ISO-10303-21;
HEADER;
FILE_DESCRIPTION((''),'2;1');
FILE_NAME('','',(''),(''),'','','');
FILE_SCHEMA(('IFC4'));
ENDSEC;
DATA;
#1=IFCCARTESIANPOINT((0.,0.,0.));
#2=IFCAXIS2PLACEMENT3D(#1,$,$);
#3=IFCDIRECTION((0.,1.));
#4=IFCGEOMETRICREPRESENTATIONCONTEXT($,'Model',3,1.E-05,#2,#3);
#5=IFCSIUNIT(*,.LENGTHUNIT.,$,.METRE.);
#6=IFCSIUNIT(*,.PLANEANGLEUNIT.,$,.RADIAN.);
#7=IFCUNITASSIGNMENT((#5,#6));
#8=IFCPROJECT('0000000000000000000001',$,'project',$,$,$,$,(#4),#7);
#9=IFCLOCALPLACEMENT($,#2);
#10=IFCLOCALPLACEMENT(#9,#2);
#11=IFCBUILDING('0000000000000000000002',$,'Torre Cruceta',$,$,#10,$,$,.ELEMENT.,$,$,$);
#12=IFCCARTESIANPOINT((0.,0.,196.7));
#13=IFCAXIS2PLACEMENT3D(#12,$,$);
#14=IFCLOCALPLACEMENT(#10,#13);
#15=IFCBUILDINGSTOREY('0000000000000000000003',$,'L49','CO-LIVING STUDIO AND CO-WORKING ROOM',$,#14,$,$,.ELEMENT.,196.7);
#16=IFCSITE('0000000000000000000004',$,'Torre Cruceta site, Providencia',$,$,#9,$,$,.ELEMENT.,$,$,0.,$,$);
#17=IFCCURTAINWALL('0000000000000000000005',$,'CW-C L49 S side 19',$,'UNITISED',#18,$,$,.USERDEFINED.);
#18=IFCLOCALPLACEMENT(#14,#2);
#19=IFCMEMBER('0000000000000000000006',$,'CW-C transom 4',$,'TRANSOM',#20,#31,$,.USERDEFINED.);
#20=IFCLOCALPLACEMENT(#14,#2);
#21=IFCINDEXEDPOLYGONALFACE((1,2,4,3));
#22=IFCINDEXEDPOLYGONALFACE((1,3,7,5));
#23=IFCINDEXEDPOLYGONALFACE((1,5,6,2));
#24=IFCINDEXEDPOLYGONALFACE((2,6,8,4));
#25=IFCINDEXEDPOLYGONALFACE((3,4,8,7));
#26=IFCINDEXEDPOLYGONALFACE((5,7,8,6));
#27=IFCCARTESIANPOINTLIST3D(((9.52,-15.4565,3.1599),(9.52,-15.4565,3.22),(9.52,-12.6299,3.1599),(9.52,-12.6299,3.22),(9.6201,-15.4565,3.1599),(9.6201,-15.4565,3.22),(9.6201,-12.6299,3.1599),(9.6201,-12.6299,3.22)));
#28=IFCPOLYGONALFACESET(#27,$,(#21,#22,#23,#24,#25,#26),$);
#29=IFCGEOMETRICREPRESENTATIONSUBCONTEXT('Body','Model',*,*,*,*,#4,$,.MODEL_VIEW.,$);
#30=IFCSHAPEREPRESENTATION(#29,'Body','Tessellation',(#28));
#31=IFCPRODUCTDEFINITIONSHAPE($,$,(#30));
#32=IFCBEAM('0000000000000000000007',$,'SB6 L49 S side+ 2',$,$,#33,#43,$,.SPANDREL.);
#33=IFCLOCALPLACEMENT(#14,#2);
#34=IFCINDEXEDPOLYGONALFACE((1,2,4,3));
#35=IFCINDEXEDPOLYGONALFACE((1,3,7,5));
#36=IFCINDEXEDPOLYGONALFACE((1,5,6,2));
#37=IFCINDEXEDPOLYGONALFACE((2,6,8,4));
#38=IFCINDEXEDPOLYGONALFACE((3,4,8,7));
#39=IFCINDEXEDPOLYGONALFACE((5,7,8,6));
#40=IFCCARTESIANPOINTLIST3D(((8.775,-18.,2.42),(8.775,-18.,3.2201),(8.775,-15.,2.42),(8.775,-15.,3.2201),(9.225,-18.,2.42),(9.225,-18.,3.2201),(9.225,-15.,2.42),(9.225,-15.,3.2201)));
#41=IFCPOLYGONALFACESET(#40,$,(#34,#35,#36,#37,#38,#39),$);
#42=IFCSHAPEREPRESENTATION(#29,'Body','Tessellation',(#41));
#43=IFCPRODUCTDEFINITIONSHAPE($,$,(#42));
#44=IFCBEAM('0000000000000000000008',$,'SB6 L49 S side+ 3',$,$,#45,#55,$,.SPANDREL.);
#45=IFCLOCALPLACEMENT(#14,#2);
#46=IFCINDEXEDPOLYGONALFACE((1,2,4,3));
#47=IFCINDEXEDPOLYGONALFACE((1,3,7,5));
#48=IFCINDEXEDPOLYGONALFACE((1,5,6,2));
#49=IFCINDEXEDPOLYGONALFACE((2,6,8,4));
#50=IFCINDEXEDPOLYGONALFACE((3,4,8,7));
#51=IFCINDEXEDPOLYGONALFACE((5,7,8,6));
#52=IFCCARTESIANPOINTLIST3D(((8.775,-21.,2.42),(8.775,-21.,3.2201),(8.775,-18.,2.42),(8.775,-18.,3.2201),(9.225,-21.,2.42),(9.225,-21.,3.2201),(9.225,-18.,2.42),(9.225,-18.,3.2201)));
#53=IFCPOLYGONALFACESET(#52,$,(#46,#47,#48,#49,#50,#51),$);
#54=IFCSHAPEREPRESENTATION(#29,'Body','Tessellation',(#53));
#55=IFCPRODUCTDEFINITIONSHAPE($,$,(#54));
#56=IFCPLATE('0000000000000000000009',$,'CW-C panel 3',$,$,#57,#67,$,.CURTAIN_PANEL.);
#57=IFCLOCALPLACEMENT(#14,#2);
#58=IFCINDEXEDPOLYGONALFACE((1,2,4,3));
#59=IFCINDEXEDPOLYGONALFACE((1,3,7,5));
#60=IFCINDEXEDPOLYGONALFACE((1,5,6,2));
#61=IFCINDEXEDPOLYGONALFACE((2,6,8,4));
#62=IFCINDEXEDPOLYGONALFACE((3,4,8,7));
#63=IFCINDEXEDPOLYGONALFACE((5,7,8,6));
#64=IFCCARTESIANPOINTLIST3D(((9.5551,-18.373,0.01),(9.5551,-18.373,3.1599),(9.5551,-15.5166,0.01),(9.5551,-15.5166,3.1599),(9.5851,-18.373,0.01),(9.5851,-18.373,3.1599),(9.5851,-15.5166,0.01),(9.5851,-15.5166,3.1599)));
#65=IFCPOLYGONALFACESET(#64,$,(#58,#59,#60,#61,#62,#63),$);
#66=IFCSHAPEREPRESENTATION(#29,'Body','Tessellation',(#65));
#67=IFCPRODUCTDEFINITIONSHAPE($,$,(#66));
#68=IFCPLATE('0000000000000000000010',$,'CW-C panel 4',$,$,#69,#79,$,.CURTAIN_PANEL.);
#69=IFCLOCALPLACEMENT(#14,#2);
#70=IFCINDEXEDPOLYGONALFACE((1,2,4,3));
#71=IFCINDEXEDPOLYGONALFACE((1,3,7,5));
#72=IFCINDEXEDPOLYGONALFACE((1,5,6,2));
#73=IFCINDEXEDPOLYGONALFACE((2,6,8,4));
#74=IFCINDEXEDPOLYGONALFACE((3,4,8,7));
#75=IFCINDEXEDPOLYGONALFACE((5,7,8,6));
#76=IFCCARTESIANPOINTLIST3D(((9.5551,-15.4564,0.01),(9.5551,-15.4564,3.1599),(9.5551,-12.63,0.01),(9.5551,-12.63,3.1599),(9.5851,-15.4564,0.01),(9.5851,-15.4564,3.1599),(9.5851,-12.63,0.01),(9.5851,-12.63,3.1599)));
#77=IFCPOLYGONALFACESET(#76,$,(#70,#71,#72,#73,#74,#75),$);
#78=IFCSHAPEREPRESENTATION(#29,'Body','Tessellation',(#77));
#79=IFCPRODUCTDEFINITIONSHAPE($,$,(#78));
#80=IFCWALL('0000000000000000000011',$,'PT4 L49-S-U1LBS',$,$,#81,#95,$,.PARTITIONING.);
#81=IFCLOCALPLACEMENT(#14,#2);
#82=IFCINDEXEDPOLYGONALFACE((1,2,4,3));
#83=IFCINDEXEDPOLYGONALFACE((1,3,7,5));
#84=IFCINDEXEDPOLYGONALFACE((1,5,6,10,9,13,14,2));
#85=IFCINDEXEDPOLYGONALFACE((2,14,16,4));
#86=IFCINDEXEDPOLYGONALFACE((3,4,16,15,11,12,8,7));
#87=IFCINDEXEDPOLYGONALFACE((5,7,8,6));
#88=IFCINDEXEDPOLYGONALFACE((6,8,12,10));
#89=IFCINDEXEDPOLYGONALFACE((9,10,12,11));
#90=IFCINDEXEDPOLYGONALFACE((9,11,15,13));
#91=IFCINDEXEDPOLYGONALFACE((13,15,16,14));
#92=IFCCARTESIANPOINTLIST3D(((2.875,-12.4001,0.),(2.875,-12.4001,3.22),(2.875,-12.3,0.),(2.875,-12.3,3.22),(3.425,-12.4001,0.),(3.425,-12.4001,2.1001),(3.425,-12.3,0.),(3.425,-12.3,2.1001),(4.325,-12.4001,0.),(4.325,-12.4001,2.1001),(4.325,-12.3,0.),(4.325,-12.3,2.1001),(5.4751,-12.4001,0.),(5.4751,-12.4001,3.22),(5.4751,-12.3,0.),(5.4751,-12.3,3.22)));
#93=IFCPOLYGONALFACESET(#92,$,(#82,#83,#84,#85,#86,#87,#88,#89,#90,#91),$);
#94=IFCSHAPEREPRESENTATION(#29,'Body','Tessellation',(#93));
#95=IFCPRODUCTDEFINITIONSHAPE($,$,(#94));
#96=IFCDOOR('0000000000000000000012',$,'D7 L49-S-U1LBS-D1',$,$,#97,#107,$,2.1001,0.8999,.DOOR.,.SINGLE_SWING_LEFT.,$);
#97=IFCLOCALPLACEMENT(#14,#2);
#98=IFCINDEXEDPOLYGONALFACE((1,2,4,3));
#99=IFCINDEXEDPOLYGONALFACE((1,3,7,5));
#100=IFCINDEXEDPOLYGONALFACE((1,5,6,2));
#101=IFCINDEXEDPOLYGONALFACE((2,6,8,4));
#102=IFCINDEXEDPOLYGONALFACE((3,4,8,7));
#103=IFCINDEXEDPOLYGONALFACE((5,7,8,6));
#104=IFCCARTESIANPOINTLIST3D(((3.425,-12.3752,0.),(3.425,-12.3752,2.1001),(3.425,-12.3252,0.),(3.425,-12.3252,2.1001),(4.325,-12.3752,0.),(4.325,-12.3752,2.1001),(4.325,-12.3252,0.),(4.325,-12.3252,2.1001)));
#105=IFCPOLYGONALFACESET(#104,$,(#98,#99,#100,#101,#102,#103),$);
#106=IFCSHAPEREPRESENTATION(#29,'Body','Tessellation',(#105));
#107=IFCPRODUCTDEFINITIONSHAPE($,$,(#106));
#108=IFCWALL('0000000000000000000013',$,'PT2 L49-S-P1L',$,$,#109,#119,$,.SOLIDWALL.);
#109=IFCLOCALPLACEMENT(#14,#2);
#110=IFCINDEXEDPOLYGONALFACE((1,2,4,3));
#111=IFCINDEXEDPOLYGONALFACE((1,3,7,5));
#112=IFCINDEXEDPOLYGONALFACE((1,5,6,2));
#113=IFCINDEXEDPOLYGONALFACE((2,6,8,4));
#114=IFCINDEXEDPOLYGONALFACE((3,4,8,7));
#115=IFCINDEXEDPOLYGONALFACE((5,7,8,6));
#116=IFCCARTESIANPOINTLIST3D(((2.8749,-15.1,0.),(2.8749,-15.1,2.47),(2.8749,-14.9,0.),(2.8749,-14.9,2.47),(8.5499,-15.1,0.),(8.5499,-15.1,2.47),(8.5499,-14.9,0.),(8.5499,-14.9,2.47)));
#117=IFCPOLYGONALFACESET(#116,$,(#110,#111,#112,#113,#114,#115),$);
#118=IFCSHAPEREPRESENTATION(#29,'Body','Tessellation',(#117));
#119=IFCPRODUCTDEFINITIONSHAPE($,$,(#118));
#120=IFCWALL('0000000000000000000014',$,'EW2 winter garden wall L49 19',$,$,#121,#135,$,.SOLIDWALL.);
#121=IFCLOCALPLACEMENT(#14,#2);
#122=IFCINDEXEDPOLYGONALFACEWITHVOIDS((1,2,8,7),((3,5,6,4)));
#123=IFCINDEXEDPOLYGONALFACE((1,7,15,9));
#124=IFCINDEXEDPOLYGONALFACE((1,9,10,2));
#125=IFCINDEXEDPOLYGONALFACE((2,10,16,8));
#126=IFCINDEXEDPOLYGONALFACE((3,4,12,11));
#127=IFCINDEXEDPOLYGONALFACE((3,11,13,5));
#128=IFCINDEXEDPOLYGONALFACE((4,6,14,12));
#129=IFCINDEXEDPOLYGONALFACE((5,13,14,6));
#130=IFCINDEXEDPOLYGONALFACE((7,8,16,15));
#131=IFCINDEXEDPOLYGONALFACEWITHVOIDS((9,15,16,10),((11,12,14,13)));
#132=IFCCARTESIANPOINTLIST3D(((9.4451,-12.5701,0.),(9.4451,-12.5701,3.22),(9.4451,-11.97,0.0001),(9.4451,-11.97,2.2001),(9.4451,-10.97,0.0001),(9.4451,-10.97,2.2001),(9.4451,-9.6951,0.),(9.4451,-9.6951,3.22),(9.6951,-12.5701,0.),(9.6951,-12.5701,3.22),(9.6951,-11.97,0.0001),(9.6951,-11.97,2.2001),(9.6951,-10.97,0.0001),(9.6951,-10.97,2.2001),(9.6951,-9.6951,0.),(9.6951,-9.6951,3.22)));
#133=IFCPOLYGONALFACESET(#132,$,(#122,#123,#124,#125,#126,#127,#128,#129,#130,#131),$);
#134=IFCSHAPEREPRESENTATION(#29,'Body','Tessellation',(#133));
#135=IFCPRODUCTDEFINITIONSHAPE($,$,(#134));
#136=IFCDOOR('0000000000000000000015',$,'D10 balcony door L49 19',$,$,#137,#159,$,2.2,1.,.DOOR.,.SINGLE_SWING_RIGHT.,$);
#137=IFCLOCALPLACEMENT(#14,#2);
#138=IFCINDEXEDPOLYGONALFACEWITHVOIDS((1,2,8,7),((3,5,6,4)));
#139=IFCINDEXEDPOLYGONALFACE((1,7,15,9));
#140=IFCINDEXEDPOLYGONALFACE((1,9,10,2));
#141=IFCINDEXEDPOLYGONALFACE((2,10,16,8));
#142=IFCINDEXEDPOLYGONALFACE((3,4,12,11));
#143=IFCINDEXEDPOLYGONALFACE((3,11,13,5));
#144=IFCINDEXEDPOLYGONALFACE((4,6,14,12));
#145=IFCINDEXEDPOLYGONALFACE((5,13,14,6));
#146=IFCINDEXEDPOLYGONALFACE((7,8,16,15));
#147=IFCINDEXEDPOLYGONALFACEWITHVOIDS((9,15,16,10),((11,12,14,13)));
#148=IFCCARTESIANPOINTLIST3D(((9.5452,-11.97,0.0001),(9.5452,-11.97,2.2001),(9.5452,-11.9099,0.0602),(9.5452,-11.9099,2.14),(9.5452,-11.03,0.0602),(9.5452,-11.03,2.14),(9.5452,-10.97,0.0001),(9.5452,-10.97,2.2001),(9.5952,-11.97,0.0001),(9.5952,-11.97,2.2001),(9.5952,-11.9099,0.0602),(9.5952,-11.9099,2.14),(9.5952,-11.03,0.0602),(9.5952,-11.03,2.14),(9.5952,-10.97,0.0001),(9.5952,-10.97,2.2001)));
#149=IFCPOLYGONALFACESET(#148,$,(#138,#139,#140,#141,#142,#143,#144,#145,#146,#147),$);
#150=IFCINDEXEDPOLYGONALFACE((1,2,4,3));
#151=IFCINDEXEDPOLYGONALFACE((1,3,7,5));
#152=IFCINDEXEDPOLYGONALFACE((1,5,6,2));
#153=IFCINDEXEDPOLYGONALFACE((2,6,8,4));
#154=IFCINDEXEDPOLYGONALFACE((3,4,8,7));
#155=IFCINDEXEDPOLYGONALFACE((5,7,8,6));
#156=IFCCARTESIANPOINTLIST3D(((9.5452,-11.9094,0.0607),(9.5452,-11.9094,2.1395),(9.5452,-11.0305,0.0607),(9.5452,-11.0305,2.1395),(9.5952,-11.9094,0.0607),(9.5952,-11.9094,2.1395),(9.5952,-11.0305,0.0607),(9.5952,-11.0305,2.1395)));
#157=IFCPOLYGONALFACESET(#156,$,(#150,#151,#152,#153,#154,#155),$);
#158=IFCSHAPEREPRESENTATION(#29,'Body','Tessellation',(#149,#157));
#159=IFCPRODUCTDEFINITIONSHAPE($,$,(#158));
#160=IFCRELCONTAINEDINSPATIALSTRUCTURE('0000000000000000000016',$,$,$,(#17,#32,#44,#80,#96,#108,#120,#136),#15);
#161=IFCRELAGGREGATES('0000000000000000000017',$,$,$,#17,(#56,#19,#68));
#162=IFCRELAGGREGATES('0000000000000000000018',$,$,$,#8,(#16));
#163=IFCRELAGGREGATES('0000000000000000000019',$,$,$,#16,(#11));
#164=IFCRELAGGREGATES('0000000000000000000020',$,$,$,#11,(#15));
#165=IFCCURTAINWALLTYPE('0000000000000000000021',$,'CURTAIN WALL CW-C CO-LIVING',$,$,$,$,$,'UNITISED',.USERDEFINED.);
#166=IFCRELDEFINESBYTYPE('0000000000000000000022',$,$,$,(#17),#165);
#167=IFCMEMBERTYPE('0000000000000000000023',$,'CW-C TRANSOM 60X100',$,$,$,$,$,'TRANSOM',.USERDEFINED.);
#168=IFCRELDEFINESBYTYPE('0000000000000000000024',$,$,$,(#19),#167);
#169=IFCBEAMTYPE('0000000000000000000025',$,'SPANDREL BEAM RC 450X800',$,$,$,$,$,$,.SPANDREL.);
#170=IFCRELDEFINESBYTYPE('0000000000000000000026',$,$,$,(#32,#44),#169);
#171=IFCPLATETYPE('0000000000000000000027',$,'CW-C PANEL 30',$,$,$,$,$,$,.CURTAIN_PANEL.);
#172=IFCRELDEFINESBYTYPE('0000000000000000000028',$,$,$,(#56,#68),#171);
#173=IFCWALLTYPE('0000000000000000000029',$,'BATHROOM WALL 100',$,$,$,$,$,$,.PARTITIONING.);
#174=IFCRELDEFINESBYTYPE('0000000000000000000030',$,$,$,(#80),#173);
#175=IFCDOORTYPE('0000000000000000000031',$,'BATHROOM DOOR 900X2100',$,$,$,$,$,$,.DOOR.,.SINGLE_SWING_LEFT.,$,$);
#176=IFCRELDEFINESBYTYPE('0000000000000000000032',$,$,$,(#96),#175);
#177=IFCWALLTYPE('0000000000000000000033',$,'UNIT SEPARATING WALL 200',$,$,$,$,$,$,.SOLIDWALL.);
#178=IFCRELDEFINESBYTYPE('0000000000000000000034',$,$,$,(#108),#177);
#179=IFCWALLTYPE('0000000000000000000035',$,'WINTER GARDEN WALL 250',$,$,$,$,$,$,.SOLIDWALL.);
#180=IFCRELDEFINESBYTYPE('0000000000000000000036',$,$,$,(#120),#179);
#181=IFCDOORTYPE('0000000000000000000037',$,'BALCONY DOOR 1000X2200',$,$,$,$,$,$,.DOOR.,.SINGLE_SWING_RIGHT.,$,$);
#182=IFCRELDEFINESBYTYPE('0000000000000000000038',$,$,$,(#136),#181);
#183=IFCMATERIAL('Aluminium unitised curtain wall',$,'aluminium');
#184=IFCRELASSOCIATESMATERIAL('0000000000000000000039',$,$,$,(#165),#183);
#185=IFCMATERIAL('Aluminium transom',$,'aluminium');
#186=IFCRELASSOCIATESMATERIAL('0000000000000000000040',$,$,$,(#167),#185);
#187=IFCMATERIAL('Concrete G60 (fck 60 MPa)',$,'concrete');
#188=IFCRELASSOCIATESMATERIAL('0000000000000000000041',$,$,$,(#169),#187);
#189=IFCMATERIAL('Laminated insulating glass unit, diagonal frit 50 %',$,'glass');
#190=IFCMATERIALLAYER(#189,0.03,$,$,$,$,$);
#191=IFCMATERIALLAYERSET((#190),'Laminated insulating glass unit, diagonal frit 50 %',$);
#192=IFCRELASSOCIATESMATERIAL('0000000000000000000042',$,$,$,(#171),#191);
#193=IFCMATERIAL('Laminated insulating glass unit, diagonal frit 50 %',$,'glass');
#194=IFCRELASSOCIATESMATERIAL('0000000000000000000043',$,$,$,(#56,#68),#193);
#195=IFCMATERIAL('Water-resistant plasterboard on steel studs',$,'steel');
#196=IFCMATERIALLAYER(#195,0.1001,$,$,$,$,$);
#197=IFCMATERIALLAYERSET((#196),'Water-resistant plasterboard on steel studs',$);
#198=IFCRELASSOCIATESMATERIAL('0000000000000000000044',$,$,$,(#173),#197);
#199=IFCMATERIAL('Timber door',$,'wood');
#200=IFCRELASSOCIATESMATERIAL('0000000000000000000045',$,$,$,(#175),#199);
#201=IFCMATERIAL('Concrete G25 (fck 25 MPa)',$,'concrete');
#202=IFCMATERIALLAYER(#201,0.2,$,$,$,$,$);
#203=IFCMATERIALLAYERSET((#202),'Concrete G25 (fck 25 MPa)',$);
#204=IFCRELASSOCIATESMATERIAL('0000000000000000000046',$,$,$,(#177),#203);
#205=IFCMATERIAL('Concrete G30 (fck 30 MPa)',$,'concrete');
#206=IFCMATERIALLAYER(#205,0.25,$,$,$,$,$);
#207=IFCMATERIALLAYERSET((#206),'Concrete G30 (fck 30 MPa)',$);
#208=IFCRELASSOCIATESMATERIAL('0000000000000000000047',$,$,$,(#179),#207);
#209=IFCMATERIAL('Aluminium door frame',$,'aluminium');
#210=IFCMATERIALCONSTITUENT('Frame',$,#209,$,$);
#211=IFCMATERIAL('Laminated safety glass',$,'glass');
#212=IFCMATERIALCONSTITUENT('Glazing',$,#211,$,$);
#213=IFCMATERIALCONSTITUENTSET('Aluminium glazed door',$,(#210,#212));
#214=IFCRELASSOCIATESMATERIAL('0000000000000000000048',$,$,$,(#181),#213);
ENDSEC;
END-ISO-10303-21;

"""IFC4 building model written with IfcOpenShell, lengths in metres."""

from ifc_helpers import new_model, si_unit, direction, frame, frame_2d, origin, origin_2d, place, context, subcontext, project, spatial, rectangle, hollow_rectangle, extrude, material, layer, layer_set, constituent, constituent_set, material_profile, profile_set, type_object, element, fill, aggregate, save


model = new_model("IFC4")

# Units and contexts
model_context = context("Model", 3, precision=1e-05, world=origin(), true_north=direction((0.0, 1.0)))
body_context = subcontext(model_context, "Body", "Model", "MODEL_VIEW")
ifc_project = project(units=[si_unit("LENGTHUNIT", "METRE"), si_unit("PLANEANGLEUNIT", "RADIAN")], contexts=[model_context])

# Site, building, storey
site_placement = place(None, origin())
site = spatial("IfcSite", under=ifc_project, at=site_placement, Name="Torre Cruceta site, Providencia", CompositionType="ELEMENT", RefElevation=0.0)
building_placement = place(site_placement, origin())
building = spatial("IfcBuilding", under=site, at=building_placement, Name="Torre Cruceta", CompositionType="ELEMENT")
storey_placement = place(building_placement, frame((0.0, 0.0, 196.7)))
storey = spatial("IfcBuildingStorey", under=building, at=storey_placement, Name="L49", Description="CO-LIVING STUDIO AND CO-WORKING ROOM", CompositionType="ELEMENT", Elevation=196.7)

# Curtain wall, member
ifc_material_1 = material(Name="Aluminium unitised curtain wall", Category="aluminium")
curtain_wall_type = type_object("IfcCurtainWallType", Name="CURTAIN WALL CW-C CO-LIVING", ElementType="UNITISED", PredefinedType="USERDEFINED", material=ifc_material_1)
curtain_wall_placement = place(storey_placement, origin())
curtain_wall = element("IfcCurtainWall", 1, at=curtain_wall_placement, inside=storey, type_object=curtain_wall_type, Name="CW-C L49 S side 19", ObjectType="UNITISED", PredefinedType="USERDEFINED")
ifc_material_2 = material(Name="Aluminium transom", Category="aluminium")
ifc_material_profile_1 = material_profile(ifc_material_2, rectangle(XDim=0.1001, YDim=0.0601, at=origin_2d()), Name="AL 100X60")
ifc_profile_set_1 = profile_set([ifc_material_profile_1], Name="Aluminium transom")
member_type_1 = type_object("IfcMemberType", Name="CW-C TRANSOM 60X100", ElementType="TRANSOM", PredefinedType="USERDEFINED", material=ifc_profile_set_1)
member_1_placement = place(storey_placement, frame((9.5701, -15.4565, 3.1899), z_axis=(0.0, 1.0, 0.0), x_axis=(-1.0, 0.0, 0.0)))
member_1 = element("IfcMember", 2, at=member_1_placement, type_object=member_type_1, Name="CW-C transom 4", ObjectType="TRANSOM", PredefinedType="USERDEFINED", context=body_context, shape_type="SweptSolid", body=[
    extrude(rectangle(XDim=0.1001, YDim=0.0601, at=origin_2d()), origin(), (0.0, 0.0, 1.0), 2.8267),
])

# Beams
ifc_material_3 = material(Name="Concrete G60 (fck 60 MPa)", Category="concrete")
ifc_material_profile_2 = material_profile(ifc_material_3, rectangle(XDim=0.45, YDim=0.8, at=origin_2d()), Name="RC 450X800")
ifc_profile_set_2 = profile_set([ifc_material_profile_2], Name="Concrete G60 (fck 60 MPa)")
beam_type_1 = type_object("IfcBeamType", Name="SPANDREL BEAM RC 450X800", PredefinedType="SPANDREL", material=ifc_profile_set_2)
for number, where, z_axis, x_axis, name in (
    (3, (9.0, -15.0, 2.8201), (0.0, -1.0, 0.0), (1.0, 0.0, 0.0), "SB6 L49 S side+ 2"),
    (4, (9.0, -18.0, 2.8201), (0.0, -1.0, 0.0), (1.0, 0.0, 0.0), "SB6 L49 S side+ 3"),
):
    element("IfcBeam", number, at=place(storey_placement, frame(where, z_axis=z_axis, x_axis=x_axis)), inside=storey, type_object=beam_type_1, Name=name, PredefinedType="SPANDREL", context=body_context, shape_type="SweptSolid", body=[
        extrude(rectangle(XDim=0.45, YDim=0.8, at=origin_2d()), origin(), (0.0, 0.0, 1.0), 3.0),
    ])

# Plates
ifc_material_4 = material(Name="Laminated insulating glass unit, diagonal frit 50 %", Category="glass")
ifc_material_5 = material(Name="Laminated insulating glass unit, diagonal frit 50 %", Category="glass")
ifc_layer_1 = layer(ifc_material_5, 0.03)
ifc_layer_set_1 = layer_set([ifc_layer_1], Name="Laminated insulating glass unit, diagonal frit 50 %")
plate_type = type_object("IfcPlateType", Name="CW-C PANEL 30", PredefinedType="CURTAIN_PANEL", material=ifc_layer_set_1)
plate_1_placement = place(storey_placement, frame((9.5701, -16.9448, 0.01), z_axis=(0.0, 0.0, 1.0), x_axis=(0.0, 1.0, 0.0)))
plate_1 = element("IfcPlate", 5, at=plate_1_placement, type_object=plate_type, material=ifc_material_4, Name="CW-C panel 3", PredefinedType="CURTAIN_PANEL", context=body_context, shape_type="SweptSolid", body=[
    extrude(rectangle(XDim=2.8564, YDim=0.03, at=origin_2d()), origin(), (0.0, 0.0, 1.0), 3.1499),
])
plate_2_placement = place(storey_placement, frame((9.5701, -14.0432, 0.01), z_axis=(0.0, 0.0, 1.0), x_axis=(0.0, 1.0, 0.0)))
plate_2 = element("IfcPlate", 6, at=plate_2_placement, type_object=plate_type, material=ifc_material_4, Name="CW-C panel 4", PredefinedType="CURTAIN_PANEL", context=body_context, shape_type="SweptSolid", body=[
    extrude(rectangle(XDim=2.8264, YDim=0.03, at=origin_2d()), origin(), (0.0, 0.0, 1.0), 3.1499),
])
aggregate(curtain_wall, [plate_1, member_1, plate_2])

# Wall, opening, door
ifc_material_6 = material(Name="Water-resistant plasterboard on steel studs", Category="steel")
ifc_layer_2 = layer(ifc_material_6, 0.1001)
ifc_layer_set_2 = layer_set([ifc_layer_2], Name="Water-resistant plasterboard on steel studs")
wall_type_1 = type_object("IfcWallType", Name="BATHROOM WALL 100", PredefinedType="PARTITIONING", material=ifc_layer_set_2)
wall_1_placement = place(storey_placement, frame((2.875, -12.3501, 0.0), z_axis=(0.0, 0.0, 1.0), x_axis=(1.0, 0.0, 0.0)))
wall_1 = element("IfcWall", 7, at=wall_1_placement, inside=storey, type_object=wall_type_1, Name="PT4 L49-S-U1LBS", PredefinedType="PARTITIONING", context=body_context, shape_type="SweptSolid", body=[
    extrude(rectangle(XDim=2.6001, YDim=0.1001, at=frame_2d((1.3, 0.0))), origin(), (0.0, 0.0, 1.0), 3.22),
])
opening_1_placement = place(wall_1_placement, frame((0.55, 0.0, 0.0)))
opening_1 = element("IfcOpeningElement", 8, at=opening_1_placement, cuts=wall_1, PredefinedType="OPENING", context=body_context, shape_type="SweptSolid", body=[
    extrude(rectangle(XDim=0.8999, YDim=2.1001, at=frame_2d((0.45, 1.05))), frame((0.0, 0.0601, 0.0), z_axis=(0.0, -1.0, 0.0), x_axis=(1.0, 0.0, 0.0)), (0.0, 0.0, 1.0), 0.1201),
])
ifc_material_7 = material(Name="Timber door", Category="wood")
door_type_1 = type_object("IfcDoorType", Name="BATHROOM DOOR 900X2100", OperationType="SINGLE_SWING_LEFT", PredefinedType="DOOR", material=ifc_material_7)
door_1_placement = place(opening_1_placement, origin())
door_1 = element("IfcDoor", 9, at=door_1_placement, inside=storey, type_object=door_type_1, Name="D7 L49-S-U1LBS-D1", OperationType="SINGLE_SWING_LEFT", OverallHeight=2.1001, OverallWidth=0.8999, PredefinedType="DOOR", context=body_context, shape_type="SweptSolid", body=[
    extrude(rectangle(XDim=0.8999, YDim=2.1001, at=frame_2d((0.45, 1.05))), frame((0.0, 0.0249, 0.0), z_axis=(0.0, -1.0, 0.0), x_axis=(1.0, 0.0, 0.0)), (0.0, 0.0, 1.0), 0.05),
])
fill(opening_1, door_1)

# Wall
ifc_material_8 = material(Name="Concrete G25 (fck 25 MPa)", Category="concrete")
ifc_layer_3 = layer(ifc_material_8, 0.2)
ifc_layer_set_3 = layer_set([ifc_layer_3], Name="Concrete G25 (fck 25 MPa)")
wall_type_2 = type_object("IfcWallType", Name="UNIT SEPARATING WALL 200", PredefinedType="SOLIDWALL", material=ifc_layer_set_3)
wall_2_placement = place(storey_placement, frame((2.875, -15.0, 0.0), z_axis=(0.0, 0.0, 1.0), x_axis=(1.0, 0.0, 0.0)))
element("IfcWall", 10, at=wall_2_placement, inside=storey, type_object=wall_type_2, Name="PT2 L49-S-P1L", PredefinedType="SOLIDWALL", context=body_context, shape_type="SweptSolid", body=[
    extrude(rectangle(XDim=5.675, YDim=0.2, at=frame_2d((2.8374, 0.0))), origin(), (0.0, 0.0, 1.0), 2.47),
])

# Wall, opening, door
ifc_material_9 = material(Name="Concrete G30 (fck 30 MPa)", Category="concrete")
ifc_layer_4 = layer(ifc_material_9, 0.25)
ifc_layer_set_4 = layer_set([ifc_layer_4], Name="Concrete G30 (fck 30 MPa)")
wall_type_3 = type_object("IfcWallType", Name="WINTER GARDEN WALL 250", PredefinedType="SOLIDWALL", material=ifc_layer_set_4)
wall_3_placement = place(storey_placement, frame((9.5701, -12.5701, 0.0), z_axis=(0.0, 0.0, 1.0), x_axis=(0.0, 1.0, 0.0)))
wall_3 = element("IfcWall", 11, at=wall_3_placement, inside=storey, type_object=wall_type_3, Name="EW2 winter garden wall L49 19", PredefinedType="SOLIDWALL", context=body_context, shape_type="SweptSolid", body=[
    extrude(rectangle(XDim=2.875, YDim=0.25, at=frame_2d((1.4375, 0.0))), origin(), (0.0, 0.0, 1.0), 3.22),
])
opening_2_placement = place(wall_3_placement, frame((0.6001, 0.0, 0.0)))
opening_2 = element("IfcOpeningElement", 12, at=opening_2_placement, cuts=wall_3, PredefinedType="OPENING", context=body_context, shape_type="SweptSolid", body=[
    extrude(rectangle(XDim=1.0, YDim=2.2, at=frame_2d((0.5, 1.1001))), frame((0.0, 0.135, 0.0), z_axis=(0.0, -1.0, 0.0), x_axis=(1.0, 0.0, 0.0)), (0.0, 0.0, 1.0), 0.27),
])
ifc_material_10 = material(Name="Aluminium door frame", Category="aluminium")
ifc_constituent_1 = constituent(ifc_material_10, Name="Frame")
ifc_material_11 = material(Name="Laminated safety glass", Category="glass")
ifc_constituent_2 = constituent(ifc_material_11, Name="Glazing")
ifc_constituent_set_1 = constituent_set(constituents=[ifc_constituent_1, ifc_constituent_2], Name="Aluminium glazed door")
door_type_2 = type_object("IfcDoorType", Name="BALCONY DOOR 1000X2200", OperationType="SINGLE_SWING_RIGHT", PredefinedType="DOOR", material=ifc_constituent_set_1)
door_2_placement = place(opening_2_placement, origin())
door_2 = element("IfcDoor", 13, at=door_2_placement, inside=storey, type_object=door_type_2, Name="D10 balcony door L49 19", OperationType="SINGLE_SWING_RIGHT", OverallHeight=2.2, OverallWidth=1.0, PredefinedType="DOOR", context=body_context, shape_type="SweptSolid", body=[
    extrude(hollow_rectangle(XDim=1.0, YDim=2.2, WallThickness=0.0601, at=frame_2d((0.5, 1.1001))), frame((0.0, 0.0249, 0.0), z_axis=(0.0, -1.0, 0.0), x_axis=(1.0, 0.0, 0.0)), (0.0, 0.0, 1.0), 0.05),
    extrude(rectangle(XDim=0.8789, YDim=2.0789, at=frame_2d((0.5, 1.1001))), frame((0.0, 0.0249, 0.0), z_axis=(0.0, -1.0, 0.0), x_axis=(1.0, 0.0, 0.0)), (0.0, 0.0, 1.0), 0.05),
])
fill(opening_2, door_2)

save(model, "model.ifc")
